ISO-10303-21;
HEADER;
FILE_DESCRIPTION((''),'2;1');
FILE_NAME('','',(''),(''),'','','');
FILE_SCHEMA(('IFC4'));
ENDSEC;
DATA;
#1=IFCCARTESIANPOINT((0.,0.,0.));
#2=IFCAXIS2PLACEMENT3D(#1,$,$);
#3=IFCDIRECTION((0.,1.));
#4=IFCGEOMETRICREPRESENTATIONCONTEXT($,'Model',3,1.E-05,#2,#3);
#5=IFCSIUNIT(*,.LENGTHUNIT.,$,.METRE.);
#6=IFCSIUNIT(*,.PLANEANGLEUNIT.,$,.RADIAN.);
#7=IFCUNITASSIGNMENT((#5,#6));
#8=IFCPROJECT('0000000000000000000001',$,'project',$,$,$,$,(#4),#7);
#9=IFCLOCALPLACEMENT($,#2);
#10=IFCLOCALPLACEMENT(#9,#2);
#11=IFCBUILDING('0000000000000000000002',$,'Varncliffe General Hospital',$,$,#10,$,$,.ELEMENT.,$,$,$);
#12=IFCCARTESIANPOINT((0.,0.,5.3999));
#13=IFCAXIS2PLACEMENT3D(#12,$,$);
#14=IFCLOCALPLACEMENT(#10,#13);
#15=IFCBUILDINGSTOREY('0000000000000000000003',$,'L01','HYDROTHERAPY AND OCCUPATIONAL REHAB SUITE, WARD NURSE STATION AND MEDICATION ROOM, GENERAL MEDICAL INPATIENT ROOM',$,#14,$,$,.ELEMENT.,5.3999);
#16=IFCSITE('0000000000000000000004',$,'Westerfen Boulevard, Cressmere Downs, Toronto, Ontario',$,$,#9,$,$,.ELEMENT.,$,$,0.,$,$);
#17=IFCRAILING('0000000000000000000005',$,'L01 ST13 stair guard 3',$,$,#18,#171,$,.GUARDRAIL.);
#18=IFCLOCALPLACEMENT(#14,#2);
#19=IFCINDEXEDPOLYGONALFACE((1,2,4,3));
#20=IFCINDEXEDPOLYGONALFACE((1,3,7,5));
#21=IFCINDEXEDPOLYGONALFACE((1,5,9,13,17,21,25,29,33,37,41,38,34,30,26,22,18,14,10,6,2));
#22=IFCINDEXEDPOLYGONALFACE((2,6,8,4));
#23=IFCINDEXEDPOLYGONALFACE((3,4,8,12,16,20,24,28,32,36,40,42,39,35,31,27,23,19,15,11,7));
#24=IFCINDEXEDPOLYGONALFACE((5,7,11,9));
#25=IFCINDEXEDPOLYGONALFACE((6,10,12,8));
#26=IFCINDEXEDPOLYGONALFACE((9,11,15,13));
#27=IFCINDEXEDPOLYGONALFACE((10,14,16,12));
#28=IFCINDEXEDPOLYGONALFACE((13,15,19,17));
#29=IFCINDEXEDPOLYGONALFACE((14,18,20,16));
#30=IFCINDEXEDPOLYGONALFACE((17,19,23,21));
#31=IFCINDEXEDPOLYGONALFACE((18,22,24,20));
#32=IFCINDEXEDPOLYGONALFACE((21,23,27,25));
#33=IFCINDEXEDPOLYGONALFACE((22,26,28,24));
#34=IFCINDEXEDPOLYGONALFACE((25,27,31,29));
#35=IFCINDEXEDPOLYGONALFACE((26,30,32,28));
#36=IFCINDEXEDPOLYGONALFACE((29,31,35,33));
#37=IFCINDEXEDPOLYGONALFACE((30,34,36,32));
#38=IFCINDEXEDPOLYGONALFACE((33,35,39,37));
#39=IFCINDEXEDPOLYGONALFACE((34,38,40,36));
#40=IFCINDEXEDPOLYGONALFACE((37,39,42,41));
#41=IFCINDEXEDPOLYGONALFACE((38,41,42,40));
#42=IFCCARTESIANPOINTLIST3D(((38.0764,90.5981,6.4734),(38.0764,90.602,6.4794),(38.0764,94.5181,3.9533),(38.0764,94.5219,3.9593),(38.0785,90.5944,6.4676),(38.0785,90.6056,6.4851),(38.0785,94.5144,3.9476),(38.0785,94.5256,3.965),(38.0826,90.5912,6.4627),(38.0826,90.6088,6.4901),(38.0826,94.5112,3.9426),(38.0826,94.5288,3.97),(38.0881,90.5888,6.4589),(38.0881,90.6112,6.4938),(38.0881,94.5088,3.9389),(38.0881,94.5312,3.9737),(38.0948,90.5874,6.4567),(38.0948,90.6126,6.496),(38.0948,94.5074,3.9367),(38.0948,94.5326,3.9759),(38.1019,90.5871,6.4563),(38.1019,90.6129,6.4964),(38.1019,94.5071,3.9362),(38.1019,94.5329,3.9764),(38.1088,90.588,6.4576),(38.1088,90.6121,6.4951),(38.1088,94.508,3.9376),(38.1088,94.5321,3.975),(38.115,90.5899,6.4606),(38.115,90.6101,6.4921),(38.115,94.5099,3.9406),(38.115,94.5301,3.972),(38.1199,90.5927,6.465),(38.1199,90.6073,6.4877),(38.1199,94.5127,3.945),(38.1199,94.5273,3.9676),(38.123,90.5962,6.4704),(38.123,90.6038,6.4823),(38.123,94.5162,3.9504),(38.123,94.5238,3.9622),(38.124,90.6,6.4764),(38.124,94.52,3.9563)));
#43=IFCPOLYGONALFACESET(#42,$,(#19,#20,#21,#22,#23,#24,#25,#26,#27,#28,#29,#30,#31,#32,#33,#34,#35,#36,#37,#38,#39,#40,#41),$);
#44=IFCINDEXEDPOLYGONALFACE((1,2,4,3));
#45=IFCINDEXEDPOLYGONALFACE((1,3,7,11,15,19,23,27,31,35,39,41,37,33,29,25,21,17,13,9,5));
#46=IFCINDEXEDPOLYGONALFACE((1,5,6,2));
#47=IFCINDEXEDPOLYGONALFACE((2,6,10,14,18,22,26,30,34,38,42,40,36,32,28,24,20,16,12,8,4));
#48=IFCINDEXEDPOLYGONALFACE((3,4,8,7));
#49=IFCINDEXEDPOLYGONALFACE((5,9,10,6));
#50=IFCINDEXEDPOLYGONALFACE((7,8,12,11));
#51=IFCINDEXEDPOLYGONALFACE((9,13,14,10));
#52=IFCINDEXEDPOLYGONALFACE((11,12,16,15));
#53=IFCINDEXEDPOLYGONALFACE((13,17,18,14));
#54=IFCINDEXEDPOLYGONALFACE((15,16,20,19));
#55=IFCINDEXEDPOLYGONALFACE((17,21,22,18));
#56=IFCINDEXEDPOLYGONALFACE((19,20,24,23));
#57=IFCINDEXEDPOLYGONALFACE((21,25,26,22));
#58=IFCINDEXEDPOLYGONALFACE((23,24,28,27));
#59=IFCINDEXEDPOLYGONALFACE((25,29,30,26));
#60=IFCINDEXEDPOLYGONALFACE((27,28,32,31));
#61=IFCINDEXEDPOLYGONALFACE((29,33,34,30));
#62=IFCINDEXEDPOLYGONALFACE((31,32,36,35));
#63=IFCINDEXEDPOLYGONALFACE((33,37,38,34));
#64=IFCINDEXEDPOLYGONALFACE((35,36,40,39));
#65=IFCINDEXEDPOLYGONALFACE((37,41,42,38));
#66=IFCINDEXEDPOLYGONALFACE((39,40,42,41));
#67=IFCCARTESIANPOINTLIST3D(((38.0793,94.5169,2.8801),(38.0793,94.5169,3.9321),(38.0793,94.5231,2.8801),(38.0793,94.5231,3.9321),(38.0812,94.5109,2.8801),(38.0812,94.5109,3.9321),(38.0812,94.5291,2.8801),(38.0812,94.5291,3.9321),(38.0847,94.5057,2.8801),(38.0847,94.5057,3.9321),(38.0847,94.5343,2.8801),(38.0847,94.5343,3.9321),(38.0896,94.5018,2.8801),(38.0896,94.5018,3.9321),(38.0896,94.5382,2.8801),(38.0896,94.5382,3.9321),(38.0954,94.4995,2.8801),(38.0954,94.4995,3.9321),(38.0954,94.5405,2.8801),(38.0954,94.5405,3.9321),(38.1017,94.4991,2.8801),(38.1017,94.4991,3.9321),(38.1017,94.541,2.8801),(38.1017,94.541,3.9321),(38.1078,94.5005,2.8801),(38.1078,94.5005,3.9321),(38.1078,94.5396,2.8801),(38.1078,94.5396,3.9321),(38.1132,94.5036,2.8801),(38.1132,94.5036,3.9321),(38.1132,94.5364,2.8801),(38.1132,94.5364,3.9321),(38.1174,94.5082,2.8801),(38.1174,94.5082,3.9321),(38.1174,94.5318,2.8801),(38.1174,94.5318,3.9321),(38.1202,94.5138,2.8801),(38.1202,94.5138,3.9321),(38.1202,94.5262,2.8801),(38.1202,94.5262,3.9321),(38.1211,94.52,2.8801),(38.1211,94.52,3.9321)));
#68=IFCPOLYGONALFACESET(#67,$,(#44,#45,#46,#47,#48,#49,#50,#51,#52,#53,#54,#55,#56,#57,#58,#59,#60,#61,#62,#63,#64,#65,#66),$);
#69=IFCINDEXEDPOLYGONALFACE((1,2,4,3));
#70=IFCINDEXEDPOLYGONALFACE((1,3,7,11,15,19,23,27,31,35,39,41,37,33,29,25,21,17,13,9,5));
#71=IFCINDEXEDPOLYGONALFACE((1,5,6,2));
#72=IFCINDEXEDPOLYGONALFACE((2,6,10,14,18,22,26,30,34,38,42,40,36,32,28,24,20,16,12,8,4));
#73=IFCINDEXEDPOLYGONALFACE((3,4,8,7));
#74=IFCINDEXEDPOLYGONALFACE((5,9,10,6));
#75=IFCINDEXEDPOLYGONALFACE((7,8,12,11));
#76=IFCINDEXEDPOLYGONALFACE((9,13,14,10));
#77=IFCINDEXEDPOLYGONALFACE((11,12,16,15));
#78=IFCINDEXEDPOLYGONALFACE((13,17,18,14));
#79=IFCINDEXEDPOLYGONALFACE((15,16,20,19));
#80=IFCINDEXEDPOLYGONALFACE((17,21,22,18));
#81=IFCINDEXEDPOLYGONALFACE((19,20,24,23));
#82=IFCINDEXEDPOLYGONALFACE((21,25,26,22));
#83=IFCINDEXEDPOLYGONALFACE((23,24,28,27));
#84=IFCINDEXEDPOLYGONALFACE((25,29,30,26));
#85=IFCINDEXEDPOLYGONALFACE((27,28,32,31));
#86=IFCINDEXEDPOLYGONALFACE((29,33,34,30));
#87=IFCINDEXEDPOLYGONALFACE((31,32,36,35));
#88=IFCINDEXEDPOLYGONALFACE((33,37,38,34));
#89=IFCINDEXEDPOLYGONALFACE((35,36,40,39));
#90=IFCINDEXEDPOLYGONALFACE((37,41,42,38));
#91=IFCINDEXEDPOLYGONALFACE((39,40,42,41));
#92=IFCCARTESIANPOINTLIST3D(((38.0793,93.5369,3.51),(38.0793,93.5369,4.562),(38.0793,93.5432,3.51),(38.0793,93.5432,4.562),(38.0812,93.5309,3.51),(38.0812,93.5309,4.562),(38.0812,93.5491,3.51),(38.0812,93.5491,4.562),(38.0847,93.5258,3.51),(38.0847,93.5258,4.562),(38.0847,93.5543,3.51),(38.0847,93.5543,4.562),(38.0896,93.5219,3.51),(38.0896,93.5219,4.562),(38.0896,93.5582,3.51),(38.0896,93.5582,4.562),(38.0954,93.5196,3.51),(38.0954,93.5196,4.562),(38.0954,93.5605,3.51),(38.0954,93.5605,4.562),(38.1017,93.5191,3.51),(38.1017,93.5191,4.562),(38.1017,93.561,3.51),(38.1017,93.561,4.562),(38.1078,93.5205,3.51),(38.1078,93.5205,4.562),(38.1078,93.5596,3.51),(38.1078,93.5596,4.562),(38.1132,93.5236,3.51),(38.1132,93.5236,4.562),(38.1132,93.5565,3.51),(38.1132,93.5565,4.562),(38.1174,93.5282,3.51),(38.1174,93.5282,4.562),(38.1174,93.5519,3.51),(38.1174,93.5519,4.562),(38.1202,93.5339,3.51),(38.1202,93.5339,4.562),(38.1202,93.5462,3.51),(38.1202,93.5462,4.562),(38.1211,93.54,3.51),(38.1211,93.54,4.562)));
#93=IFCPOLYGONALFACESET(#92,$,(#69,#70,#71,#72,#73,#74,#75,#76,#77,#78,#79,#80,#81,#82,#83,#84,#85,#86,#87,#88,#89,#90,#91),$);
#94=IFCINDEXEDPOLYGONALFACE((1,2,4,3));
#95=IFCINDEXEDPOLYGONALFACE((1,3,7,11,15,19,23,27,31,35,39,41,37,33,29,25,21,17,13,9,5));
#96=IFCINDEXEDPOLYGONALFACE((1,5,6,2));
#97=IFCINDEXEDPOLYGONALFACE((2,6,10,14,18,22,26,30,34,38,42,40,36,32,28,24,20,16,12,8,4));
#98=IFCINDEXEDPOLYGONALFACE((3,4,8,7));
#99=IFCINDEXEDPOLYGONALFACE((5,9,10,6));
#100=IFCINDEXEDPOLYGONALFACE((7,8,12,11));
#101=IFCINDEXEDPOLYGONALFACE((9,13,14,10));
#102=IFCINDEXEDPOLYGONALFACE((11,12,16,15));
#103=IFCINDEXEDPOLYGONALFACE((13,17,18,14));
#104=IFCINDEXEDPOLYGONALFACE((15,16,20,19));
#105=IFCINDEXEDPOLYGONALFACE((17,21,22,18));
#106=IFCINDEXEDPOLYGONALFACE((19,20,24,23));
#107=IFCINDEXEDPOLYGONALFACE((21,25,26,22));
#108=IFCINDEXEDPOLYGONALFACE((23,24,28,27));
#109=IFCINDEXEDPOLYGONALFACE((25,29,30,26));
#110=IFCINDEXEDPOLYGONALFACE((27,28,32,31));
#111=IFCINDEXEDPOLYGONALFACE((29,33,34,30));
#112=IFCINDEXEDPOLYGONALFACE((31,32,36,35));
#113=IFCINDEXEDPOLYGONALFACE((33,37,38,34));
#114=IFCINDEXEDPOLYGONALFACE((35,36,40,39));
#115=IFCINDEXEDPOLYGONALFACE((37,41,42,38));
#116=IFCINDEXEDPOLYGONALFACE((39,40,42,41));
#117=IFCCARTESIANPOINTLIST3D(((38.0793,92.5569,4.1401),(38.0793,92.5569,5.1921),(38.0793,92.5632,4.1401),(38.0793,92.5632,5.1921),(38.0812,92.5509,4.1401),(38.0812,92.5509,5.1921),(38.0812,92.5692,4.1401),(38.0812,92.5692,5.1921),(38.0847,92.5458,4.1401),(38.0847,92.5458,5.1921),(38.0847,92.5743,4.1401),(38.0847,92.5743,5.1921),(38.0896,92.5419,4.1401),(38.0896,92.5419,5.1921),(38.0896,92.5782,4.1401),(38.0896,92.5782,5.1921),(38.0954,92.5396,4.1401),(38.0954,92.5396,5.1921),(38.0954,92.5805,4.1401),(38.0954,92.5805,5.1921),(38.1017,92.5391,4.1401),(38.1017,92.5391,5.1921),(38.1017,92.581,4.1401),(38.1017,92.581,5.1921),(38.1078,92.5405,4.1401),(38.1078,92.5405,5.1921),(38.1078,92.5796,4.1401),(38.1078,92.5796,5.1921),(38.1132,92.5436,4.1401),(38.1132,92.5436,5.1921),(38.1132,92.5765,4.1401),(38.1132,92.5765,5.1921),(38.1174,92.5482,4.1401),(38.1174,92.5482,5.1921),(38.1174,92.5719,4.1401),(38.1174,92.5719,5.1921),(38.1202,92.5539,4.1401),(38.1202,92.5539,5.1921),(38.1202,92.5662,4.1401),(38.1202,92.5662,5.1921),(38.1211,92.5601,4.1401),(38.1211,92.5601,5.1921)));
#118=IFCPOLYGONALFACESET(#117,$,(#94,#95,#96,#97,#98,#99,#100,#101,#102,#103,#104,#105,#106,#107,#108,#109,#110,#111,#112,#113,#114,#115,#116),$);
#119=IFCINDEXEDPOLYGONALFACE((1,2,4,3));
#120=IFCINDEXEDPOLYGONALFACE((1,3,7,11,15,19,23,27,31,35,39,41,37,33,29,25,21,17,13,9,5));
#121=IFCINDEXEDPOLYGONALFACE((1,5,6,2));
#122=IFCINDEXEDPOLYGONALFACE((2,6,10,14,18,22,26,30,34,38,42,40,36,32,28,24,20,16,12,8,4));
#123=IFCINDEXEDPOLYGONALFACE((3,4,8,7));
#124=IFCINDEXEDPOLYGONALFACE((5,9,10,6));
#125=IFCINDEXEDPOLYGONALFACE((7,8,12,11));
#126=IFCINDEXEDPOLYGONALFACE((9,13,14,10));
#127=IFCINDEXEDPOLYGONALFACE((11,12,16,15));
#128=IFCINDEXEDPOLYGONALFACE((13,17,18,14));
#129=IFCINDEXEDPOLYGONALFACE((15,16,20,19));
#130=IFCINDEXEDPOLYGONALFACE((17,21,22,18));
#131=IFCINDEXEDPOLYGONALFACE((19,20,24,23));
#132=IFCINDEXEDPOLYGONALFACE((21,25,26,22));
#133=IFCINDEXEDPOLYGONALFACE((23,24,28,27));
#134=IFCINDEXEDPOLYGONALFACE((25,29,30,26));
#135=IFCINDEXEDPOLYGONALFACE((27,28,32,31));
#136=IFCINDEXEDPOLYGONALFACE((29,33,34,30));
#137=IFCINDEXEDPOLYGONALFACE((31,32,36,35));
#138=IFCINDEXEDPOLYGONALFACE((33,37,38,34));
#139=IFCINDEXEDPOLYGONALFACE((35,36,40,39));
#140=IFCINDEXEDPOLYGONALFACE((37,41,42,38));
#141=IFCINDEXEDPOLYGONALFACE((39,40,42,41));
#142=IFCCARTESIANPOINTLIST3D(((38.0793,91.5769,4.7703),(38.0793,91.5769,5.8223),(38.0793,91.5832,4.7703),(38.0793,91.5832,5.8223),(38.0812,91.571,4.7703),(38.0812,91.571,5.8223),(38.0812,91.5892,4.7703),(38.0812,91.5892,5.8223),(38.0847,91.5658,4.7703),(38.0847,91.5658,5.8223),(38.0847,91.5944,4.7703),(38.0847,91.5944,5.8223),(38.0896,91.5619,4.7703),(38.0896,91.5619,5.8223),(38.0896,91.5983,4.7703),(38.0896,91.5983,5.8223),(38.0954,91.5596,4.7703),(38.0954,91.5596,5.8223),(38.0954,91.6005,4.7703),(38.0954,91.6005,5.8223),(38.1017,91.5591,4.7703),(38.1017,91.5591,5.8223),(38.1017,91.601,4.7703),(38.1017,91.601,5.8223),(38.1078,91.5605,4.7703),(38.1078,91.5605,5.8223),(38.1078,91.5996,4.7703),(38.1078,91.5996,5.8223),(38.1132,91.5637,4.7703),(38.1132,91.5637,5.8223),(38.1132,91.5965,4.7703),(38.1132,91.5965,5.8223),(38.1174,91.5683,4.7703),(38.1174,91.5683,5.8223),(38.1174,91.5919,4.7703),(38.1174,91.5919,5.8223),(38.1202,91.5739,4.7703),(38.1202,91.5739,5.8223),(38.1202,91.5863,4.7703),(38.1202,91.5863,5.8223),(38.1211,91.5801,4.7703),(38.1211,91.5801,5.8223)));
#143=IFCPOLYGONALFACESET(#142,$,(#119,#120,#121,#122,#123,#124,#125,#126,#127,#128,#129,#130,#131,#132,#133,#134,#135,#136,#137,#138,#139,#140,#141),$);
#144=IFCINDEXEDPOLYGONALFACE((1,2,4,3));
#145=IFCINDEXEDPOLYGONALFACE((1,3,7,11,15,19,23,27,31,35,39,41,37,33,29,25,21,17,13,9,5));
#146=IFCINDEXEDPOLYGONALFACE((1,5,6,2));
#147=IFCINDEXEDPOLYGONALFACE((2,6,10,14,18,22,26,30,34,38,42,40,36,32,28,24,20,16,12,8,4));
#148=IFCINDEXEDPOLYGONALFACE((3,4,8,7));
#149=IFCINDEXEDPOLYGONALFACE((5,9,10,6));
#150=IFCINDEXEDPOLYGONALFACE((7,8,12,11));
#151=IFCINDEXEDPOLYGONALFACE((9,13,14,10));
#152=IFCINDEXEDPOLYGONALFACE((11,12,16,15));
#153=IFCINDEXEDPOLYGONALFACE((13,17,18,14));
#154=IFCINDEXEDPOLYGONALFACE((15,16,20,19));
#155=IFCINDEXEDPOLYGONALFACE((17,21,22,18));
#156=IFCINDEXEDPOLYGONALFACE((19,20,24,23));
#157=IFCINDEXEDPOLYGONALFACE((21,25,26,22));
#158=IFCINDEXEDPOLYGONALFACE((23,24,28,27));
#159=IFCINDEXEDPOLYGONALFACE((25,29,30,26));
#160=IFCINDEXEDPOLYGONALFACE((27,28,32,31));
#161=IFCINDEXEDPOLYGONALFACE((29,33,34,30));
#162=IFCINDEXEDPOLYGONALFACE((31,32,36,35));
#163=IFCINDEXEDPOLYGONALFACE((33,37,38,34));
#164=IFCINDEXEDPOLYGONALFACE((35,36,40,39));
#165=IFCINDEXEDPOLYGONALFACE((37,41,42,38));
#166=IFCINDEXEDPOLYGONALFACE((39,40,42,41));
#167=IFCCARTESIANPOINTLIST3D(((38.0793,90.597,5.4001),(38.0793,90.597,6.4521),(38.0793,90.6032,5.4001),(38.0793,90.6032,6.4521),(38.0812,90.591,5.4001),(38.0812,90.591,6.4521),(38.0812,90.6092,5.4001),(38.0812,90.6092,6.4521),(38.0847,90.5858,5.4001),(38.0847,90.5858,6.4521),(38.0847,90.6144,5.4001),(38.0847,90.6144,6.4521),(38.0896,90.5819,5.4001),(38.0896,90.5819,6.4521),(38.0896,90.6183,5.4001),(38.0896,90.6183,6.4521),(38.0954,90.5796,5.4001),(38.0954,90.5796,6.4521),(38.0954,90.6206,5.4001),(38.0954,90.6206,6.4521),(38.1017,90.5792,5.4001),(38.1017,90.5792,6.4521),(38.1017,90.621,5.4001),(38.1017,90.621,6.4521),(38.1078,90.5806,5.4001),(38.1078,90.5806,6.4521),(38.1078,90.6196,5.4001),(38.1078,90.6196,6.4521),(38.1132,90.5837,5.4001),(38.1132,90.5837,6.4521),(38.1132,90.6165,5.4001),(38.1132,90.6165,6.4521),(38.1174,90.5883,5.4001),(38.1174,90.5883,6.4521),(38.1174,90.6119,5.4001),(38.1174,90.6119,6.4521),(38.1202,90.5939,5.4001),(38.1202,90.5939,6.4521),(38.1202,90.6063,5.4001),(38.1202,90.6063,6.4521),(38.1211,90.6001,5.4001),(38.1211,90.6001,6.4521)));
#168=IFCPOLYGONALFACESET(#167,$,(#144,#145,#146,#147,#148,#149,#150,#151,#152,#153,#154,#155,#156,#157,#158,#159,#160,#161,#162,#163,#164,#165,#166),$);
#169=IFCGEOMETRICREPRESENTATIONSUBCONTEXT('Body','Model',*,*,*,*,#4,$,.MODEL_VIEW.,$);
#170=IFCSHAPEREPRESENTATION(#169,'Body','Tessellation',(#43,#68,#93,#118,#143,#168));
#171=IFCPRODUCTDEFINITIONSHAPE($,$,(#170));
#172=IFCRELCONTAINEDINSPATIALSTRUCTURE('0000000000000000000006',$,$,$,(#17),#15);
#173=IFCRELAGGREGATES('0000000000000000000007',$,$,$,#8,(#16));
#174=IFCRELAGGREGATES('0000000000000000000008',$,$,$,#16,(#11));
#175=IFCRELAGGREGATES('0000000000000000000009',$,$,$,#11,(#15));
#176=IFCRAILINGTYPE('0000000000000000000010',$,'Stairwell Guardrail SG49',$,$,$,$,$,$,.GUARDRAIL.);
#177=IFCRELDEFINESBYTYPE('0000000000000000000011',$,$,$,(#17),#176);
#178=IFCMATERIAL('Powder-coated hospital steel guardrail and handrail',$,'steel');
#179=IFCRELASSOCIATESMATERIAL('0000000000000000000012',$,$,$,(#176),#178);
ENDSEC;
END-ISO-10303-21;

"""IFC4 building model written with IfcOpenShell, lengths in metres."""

from ifc_helpers import new_model, si_unit, direction, frame, origin, origin_2d, place, context, subcontext, project, spatial, circle, extrude, material, type_object, element, save


model = new_model("IFC4")

# Units and contexts
model_context = context("Model", 3, precision=1e-05, world=origin(), true_north=direction((0.0, 1.0)))
body_context = subcontext(model_context, "Body", "Model", "MODEL_VIEW")
ifc_project = project(units=[si_unit("LENGTHUNIT", "METRE"), si_unit("PLANEANGLEUNIT", "RADIAN")], contexts=[model_context])

# Site, building, storey
site_placement = place(None, origin())
site = spatial("IfcSite", under=ifc_project, at=site_placement, Name="Westerfen Boulevard, Cressmere Downs, Toronto, Ontario", CompositionType="ELEMENT", RefElevation=0.0)
building_placement = place(site_placement, origin())
building = spatial("IfcBuilding", under=site, at=building_placement, Name="Varncliffe General Hospital", CompositionType="ELEMENT")
storey_placement = place(building_placement, frame((0.0, 0.0, 5.3999)))
storey = spatial("IfcBuildingStorey", under=building, at=storey_placement, Name="L01", Description="HYDROTHERAPY AND OCCUPATIONAL REHAB SUITE, WARD NURSE STATION AND MEDICATION ROOM, GENERAL MEDICAL INPATIENT ROOM", CompositionType="ELEMENT", Elevation=5.3999)

# Railing
ifc_material_1 = material(Name="Powder-coated hospital steel guardrail and handrail", Category="steel")
railing_type_1 = type_object("IfcRailingType", Name="Stairwell Guardrail SG49", PredefinedType="GUARDRAIL", material=ifc_material_1)
railing_1_placement = place(storey_placement, frame((38.1001, 94.52, 2.8801)))
element("IfcRailing", 1, at=railing_1_placement, inside=storey, type_object=railing_type_1, Name="L01 ST13 stair guard 3", PredefinedType="GUARDRAIL", context=body_context, shape_type="SweptSolid", body=[
    extrude(circle(Radius=0.0239, at=origin_2d()), frame((0.0, 0.0, 1.0762), z_axis=(0.0, -0.841172, 0.540768), x_axis=(1.0, 0.0, 0.0)), (0.0, 0.0, 1.0), 4.6602),
    extrude(circle(Radius=0.021, at=origin_2d()), origin(), (0.0, 0.0, 1.0), 1.052),
    extrude(circle(Radius=0.021, at=origin_2d()), frame((0.0, -0.98, 0.6299)), (0.0, 0.0, 1.0), 1.052),
    extrude(circle(Radius=0.021, at=origin_2d()), frame((0.0, -1.96, 1.26)), (0.0, 0.0, 1.0), 1.052),
    extrude(circle(Radius=0.021, at=origin_2d()), frame((0.0, -2.9399, 1.8901)), (0.0, 0.0, 1.0), 1.052),
    extrude(circle(Radius=0.021, at=origin_2d()), frame((0.0, -3.9199, 2.52)), (0.0, 0.0, 1.0), 1.052),
])

save(model, "model.ifc")
